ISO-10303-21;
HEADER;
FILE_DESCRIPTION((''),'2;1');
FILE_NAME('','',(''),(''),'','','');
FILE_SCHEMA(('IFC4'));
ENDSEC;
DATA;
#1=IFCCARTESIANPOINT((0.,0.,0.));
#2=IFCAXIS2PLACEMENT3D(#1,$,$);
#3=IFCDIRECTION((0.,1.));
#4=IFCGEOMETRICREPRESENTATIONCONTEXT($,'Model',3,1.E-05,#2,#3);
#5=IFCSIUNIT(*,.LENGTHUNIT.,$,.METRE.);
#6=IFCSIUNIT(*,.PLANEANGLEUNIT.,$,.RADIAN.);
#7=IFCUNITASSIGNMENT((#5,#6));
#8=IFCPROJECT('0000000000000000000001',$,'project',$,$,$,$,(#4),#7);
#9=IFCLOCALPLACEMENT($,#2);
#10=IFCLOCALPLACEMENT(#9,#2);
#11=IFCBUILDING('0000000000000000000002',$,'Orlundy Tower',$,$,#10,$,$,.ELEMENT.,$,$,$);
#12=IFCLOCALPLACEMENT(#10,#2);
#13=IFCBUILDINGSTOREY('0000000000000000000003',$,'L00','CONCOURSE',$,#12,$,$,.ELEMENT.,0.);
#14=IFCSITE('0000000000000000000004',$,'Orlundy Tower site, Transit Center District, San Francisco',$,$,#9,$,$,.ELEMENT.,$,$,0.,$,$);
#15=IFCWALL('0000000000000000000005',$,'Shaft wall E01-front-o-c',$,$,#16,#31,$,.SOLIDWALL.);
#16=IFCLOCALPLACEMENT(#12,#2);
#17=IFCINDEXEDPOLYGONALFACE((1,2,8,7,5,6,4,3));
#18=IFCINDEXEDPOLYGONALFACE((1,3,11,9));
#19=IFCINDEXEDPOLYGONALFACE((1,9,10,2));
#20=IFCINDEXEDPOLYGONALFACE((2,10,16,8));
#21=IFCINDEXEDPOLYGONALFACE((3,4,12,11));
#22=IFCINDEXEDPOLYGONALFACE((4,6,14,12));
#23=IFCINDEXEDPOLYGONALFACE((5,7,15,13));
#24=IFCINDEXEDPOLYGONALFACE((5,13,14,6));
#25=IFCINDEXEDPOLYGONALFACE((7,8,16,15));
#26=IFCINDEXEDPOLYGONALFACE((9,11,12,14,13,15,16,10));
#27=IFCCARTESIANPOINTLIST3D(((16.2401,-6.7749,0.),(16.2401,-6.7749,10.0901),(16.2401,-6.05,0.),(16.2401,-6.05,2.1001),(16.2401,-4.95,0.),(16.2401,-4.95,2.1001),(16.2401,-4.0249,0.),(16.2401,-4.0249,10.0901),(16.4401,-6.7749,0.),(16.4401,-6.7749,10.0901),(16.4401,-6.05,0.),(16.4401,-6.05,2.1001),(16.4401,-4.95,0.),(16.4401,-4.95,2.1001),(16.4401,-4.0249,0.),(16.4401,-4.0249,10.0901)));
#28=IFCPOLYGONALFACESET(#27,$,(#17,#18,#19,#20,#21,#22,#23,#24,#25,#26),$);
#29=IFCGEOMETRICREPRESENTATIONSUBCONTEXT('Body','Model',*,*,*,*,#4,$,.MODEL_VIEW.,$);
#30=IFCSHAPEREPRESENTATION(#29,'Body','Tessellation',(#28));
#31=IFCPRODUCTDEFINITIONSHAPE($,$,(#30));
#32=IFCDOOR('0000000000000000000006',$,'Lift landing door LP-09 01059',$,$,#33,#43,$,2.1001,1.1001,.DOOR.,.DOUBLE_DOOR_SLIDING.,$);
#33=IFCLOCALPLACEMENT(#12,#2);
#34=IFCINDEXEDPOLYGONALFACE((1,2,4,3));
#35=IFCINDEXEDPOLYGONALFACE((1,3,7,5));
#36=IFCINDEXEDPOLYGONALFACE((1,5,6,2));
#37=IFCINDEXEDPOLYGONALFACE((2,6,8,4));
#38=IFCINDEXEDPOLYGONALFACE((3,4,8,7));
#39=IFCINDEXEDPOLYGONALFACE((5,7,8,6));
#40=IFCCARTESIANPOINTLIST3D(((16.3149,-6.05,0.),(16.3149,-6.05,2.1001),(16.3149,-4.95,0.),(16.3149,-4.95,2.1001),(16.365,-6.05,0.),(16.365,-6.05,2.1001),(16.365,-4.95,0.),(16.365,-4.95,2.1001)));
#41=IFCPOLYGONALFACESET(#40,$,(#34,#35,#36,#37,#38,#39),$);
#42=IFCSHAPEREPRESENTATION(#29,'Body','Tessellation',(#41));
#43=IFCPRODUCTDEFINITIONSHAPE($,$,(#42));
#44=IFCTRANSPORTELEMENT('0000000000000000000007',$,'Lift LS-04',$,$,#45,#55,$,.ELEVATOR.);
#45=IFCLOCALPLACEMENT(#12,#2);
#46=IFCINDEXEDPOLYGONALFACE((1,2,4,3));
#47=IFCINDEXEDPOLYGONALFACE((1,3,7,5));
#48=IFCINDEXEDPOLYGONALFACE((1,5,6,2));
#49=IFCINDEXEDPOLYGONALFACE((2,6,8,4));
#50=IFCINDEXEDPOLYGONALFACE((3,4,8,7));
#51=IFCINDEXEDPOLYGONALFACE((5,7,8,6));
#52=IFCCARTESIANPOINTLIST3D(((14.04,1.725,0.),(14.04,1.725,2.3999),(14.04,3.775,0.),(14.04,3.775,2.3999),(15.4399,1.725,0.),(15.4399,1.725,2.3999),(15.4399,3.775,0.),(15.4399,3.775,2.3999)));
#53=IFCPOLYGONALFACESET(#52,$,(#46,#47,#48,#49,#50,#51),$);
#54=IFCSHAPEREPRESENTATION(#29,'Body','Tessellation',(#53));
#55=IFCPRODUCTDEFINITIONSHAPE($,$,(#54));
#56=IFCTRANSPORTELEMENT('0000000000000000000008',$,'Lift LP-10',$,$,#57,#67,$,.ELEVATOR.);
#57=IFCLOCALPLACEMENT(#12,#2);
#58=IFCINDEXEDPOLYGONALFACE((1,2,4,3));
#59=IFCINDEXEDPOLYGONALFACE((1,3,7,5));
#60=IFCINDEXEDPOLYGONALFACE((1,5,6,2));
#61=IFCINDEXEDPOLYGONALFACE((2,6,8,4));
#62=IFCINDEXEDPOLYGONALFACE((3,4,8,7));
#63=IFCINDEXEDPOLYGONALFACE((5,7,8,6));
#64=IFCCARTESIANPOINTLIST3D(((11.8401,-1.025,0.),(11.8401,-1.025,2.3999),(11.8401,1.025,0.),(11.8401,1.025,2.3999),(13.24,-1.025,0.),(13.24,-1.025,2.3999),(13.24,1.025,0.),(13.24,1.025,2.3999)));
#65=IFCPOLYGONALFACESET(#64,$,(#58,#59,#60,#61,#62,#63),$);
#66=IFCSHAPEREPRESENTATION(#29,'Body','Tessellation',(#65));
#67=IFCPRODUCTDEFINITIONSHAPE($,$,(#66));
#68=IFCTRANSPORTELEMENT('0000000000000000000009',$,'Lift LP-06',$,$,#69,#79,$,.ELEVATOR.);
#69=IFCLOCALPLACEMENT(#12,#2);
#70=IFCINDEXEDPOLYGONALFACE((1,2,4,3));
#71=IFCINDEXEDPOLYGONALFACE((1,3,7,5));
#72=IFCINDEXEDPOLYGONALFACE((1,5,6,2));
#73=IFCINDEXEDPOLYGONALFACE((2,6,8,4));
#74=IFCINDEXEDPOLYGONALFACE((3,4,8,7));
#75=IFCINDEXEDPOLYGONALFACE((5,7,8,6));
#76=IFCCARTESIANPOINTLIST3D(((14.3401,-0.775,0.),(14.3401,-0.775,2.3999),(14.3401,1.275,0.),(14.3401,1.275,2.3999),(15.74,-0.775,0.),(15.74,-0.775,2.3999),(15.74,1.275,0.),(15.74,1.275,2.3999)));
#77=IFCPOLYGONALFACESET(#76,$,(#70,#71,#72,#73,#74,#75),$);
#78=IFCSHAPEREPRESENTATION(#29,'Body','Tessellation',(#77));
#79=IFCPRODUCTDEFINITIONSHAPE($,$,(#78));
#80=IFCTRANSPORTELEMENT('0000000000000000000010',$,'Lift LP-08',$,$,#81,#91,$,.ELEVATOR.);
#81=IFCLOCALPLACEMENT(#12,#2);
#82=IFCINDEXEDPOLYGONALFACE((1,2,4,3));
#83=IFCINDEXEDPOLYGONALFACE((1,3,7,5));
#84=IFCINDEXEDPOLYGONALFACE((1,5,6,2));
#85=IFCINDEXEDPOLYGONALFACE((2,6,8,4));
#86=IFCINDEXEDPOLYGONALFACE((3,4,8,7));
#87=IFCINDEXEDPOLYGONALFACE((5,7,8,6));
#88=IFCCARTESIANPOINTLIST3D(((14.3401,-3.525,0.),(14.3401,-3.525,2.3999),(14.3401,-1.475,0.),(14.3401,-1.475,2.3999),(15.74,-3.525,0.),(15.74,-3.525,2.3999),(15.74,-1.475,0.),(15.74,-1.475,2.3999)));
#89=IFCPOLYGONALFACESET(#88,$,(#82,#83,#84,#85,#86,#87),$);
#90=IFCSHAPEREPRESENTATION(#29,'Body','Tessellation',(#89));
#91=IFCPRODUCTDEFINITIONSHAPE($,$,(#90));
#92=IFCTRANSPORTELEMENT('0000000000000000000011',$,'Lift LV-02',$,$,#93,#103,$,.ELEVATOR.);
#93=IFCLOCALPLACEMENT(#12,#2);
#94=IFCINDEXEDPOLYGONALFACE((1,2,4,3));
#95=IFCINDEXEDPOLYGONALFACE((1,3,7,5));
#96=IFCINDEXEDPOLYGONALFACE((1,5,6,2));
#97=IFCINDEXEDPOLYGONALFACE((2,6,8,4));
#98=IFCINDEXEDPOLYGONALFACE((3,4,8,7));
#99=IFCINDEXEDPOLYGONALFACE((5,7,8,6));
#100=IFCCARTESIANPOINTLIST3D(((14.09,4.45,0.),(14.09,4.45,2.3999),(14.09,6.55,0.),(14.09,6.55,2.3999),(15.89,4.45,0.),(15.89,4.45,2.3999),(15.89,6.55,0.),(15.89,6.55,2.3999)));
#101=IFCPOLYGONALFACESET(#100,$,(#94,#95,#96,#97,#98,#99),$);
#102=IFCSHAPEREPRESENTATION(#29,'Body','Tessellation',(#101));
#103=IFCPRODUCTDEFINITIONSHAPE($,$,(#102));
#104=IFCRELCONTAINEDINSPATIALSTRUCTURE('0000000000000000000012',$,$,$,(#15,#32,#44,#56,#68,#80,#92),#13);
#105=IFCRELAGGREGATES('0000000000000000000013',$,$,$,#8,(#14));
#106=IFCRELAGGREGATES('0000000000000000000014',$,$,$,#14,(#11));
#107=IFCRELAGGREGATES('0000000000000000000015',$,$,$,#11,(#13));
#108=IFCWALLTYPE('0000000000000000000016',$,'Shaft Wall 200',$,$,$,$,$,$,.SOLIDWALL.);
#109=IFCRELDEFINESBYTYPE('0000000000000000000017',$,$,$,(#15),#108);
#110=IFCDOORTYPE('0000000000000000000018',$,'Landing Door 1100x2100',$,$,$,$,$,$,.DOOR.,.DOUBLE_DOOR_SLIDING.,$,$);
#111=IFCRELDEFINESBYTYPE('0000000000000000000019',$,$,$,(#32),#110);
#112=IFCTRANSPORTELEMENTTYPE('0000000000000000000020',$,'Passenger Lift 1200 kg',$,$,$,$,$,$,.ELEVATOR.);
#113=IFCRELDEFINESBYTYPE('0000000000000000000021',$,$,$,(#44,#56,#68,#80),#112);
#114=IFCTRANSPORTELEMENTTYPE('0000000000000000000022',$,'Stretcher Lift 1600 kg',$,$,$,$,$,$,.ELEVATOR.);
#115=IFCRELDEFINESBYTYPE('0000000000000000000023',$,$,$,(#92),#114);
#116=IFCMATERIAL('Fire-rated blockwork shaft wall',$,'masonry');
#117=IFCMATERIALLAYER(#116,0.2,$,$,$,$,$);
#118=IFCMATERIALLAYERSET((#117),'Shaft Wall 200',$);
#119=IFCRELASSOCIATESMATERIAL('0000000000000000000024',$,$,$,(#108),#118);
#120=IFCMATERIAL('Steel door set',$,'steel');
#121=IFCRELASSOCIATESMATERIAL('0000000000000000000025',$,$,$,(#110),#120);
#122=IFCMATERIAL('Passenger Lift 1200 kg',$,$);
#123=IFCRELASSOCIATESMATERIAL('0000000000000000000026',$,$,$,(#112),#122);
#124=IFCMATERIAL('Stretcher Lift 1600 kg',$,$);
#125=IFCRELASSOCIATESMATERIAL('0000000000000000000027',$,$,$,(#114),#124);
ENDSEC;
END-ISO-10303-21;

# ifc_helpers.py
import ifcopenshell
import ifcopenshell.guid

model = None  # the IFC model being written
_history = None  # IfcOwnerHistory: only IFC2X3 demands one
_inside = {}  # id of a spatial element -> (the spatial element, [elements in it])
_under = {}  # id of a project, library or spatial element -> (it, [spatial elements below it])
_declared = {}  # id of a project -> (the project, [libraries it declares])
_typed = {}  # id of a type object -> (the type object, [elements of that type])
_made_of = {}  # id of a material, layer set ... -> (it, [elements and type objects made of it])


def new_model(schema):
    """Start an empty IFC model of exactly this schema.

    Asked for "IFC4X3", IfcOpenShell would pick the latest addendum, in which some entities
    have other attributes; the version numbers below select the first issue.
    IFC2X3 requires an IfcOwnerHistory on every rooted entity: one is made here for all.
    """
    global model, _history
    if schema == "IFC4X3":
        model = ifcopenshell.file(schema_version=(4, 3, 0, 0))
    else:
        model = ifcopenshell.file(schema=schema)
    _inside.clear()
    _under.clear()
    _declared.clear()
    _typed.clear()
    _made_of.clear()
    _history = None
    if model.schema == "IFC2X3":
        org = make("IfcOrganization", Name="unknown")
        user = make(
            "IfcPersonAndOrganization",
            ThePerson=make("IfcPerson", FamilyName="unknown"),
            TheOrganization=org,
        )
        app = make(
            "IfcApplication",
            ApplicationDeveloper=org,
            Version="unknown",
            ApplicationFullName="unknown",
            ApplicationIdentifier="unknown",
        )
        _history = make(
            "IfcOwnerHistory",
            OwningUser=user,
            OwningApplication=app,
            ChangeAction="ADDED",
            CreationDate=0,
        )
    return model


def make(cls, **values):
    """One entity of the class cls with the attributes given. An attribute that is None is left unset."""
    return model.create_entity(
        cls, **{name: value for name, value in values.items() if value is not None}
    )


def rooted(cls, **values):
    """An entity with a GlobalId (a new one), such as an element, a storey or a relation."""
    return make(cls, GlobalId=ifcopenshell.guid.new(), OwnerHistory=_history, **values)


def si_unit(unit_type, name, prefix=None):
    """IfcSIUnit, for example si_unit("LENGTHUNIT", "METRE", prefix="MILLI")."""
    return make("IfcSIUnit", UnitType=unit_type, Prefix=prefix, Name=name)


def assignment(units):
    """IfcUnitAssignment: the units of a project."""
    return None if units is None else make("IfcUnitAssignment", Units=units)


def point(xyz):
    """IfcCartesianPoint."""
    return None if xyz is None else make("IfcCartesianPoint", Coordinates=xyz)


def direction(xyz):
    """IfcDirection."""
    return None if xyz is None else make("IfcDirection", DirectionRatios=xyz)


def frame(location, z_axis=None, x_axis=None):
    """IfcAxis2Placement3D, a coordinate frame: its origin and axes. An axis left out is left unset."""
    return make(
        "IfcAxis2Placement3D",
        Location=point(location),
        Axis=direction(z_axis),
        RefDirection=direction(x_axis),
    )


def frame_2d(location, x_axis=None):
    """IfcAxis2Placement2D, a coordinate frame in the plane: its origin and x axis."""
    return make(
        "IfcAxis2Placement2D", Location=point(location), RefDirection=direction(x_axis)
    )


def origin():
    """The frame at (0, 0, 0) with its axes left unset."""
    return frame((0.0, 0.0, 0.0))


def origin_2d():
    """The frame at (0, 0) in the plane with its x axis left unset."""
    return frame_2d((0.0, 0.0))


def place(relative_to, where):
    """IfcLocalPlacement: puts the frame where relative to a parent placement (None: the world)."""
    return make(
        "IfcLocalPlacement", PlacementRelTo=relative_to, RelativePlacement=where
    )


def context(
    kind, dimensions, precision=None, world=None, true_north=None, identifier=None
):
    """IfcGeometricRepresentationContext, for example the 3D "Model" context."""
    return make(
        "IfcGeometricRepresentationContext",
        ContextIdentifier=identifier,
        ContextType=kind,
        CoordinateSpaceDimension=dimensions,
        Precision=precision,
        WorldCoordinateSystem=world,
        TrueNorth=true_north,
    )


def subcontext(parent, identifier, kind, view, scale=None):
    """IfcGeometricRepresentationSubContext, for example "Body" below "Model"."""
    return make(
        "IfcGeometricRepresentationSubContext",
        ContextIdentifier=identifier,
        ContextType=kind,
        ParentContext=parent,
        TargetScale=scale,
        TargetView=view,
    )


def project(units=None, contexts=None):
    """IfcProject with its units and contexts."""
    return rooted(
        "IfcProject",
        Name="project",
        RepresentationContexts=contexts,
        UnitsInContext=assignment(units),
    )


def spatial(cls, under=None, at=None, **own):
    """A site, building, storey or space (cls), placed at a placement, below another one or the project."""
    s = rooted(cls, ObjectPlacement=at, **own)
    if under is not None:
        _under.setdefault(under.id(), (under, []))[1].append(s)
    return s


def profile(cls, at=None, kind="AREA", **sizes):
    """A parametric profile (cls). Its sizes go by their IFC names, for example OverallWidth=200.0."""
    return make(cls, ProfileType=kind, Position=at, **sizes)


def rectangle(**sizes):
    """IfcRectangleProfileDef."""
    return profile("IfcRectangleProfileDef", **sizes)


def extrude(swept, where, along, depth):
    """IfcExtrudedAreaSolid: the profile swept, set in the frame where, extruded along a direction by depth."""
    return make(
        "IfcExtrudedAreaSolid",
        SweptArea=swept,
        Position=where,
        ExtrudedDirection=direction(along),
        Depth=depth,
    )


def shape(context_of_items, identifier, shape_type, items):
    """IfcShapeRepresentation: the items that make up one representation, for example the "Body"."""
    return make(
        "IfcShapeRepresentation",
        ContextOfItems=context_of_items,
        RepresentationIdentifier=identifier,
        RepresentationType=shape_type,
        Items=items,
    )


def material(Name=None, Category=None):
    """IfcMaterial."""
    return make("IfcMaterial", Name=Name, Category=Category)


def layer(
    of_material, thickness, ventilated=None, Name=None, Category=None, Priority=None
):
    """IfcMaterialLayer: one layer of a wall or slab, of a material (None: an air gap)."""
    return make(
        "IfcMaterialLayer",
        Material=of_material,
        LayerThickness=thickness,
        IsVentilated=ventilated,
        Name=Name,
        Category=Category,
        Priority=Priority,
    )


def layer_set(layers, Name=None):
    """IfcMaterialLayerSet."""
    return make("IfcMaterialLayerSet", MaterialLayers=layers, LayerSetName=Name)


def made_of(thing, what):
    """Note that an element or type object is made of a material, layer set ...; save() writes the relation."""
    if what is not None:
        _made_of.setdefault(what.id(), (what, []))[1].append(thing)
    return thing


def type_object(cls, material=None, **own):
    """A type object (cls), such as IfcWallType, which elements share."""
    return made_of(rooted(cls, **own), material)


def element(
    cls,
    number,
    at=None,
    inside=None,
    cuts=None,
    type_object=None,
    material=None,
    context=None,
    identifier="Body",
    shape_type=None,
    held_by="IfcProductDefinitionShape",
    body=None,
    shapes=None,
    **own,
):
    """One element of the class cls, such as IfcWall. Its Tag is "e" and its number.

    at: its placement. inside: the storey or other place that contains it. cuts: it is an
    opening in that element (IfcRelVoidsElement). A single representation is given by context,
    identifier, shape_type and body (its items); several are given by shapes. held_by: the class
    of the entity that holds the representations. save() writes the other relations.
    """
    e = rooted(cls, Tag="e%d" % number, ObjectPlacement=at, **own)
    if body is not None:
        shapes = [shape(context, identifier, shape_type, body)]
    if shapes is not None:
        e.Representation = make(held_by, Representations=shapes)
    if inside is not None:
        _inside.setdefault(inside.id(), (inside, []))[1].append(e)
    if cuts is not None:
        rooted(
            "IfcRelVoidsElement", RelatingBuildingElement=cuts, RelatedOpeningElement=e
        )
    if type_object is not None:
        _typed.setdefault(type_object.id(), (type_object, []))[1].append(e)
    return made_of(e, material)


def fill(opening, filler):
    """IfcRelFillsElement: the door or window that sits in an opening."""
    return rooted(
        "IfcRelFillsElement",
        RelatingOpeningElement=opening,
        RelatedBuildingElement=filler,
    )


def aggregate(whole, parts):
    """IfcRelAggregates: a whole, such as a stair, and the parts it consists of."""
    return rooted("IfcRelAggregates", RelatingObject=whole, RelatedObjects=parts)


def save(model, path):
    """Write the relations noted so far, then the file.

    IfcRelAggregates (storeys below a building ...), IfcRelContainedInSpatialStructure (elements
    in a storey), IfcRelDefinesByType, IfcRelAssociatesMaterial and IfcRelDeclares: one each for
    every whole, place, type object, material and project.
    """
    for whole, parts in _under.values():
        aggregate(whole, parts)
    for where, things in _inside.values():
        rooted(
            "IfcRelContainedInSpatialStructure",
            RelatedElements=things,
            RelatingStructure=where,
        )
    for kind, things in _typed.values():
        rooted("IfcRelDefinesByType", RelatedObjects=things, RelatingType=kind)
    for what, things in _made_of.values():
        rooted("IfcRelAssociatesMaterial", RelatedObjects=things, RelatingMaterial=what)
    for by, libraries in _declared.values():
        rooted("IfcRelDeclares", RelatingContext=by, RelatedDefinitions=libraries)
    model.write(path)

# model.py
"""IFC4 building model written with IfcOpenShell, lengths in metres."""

from ifc_helpers import new_model, si_unit, direction, frame, frame_2d, origin, origin_2d, place, context, subcontext, project, spatial, rectangle, extrude, material, layer, layer_set, type_object, element, fill, save


model = new_model("IFC4")

# Units and contexts
model_context = context("Model", 3, precision=1e-05, world=origin(), true_north=direction((0.0, 1.0)))
body_context = subcontext(model_context, "Body", "Model", "MODEL_VIEW")
ifc_project = project(units=[si_unit("LENGTHUNIT", "METRE"), si_unit("PLANEANGLEUNIT", "RADIAN")], contexts=[model_context])

# Site, building, storey
site_placement = place(None, origin())
site = spatial("IfcSite", under=ifc_project, at=site_placement, Name="Orlundy Tower site, Transit Center District, San Francisco", CompositionType="ELEMENT", RefElevation=0.0)
building_placement = place(site_placement, origin())
building = spatial("IfcBuilding", under=site, at=building_placement, Name="Orlundy Tower", CompositionType="ELEMENT")
storey_placement = place(building_placement, origin())
storey = spatial("IfcBuildingStorey", under=building, at=storey_placement, Name="L00", Description="CONCOURSE", CompositionType="ELEMENT", Elevation=0.0)

# Shared definitions
ifc_material_1 = material(Name="Fire-rated blockwork shaft wall", Category="masonry")
ifc_layer = layer(ifc_material_1, 0.2)
ifc_layer_set = layer_set([ifc_layer], Name="Shaft Wall 200")
wall_type = type_object("IfcWallType", Name="Shaft Wall 200", PredefinedType="SOLIDWALL", material=ifc_layer_set)

# Shared definitions
ifc_material_2 = material(Name="Steel door set", Category="steel")
door_type = type_object("IfcDoorType", Name="Landing Door 1100x2100", OperationType="DOUBLE_DOOR_SLIDING", PredefinedType="DOOR", material=ifc_material_2)

# Wall, opening, door
wall_1_placement = place(storey_placement, frame((16.3401, -4.0249, 0.0), z_axis=(0.0, 0.0, 1.0), x_axis=(0.0, -1.0, 0.0)))
wall_1 = element("IfcWall", 1, at=wall_1_placement, inside=storey, type_object=wall_type, Name="Shaft wall E01-front-o-c", PredefinedType="SOLIDWALL", context=body_context, shape_type="SweptSolid", body=[
    extrude(rectangle(XDim=2.75, YDim=0.2, at=frame_2d((1.375, 0.0))), origin(), (0.0, 0.0, 1.0), 10.0901),
])
opening_1_placement = place(wall_1_placement, frame((0.925, 0.0, 0.0)))
opening_1 = element("IfcOpeningElement", 2, at=opening_1_placement, cuts=wall_1, PredefinedType="OPENING", context=body_context, shape_type="SweptSolid", body=[
    extrude(rectangle(XDim=1.1001, YDim=2.1001, at=frame_2d((0.55, 1.05))), frame((0.0, 0.1101, 0.0), z_axis=(0.0, -1.0, 0.0), x_axis=(1.0, 0.0, 0.0)), (0.0, 0.0, 1.0), 0.2202),
])
door_1_placement = place(opening_1_placement, origin())
door_1 = element("IfcDoor", 3, at=door_1_placement, inside=storey, type_object=door_type, Name="Lift landing door LP-09 01059", OperationType="DOUBLE_DOOR_SLIDING", OverallHeight=2.1001, OverallWidth=1.1001, PredefinedType="DOOR", context=body_context, shape_type="SweptSolid", body=[
    extrude(rectangle(XDim=1.1001, YDim=2.1001, at=frame_2d((0.55, 1.05))), frame((0.0, 0.0249, 0.0), z_axis=(0.0, -1.0, 0.0), x_axis=(1.0, 0.0, 0.0)), (0.0, 0.0, 1.0), 0.05),
])
fill(opening_1, door_1)

# Transport elements
ifc_material_3 = material(Name="Passenger Lift 1200 kg")
transport_element_type_1 = type_object("IfcTransportElementType", Name="Passenger Lift 1200 kg", PredefinedType="ELEVATOR", material=ifc_material_3)
for number, where, z_axis, x_axis, name in (
    (4, (14.74, 2.75, 0.0), (0.0, 0.0, 1.0), (1.0, 0.0, 0.0), "Lift LS-04"),
    (5, (12.54, 0.0, 0.0), (0.0, 0.0, 1.0), (1.0, 0.0, 0.0), "Lift LP-10"),
    (6, (15.04, 0.25, 0.0), (0.0, 0.0, 1.0), (1.0, 0.0, 0.0), "Lift LP-06"),
    (7, (15.04, -2.5, 0.0), (0.0, 0.0, 1.0), (1.0, 0.0, 0.0), "Lift LP-08"),
):
    element("IfcTransportElement", number, at=place(storey_placement, frame(where, z_axis=z_axis, x_axis=x_axis)), inside=storey, type_object=transport_element_type_1, Name=name, PredefinedType="ELEVATOR", context=body_context, shape_type="SweptSolid", body=[
        extrude(rectangle(XDim=1.3999, YDim=2.05, at=origin_2d()), origin(), (0.0, 0.0, 1.0), 2.3999),
    ])
ifc_material_4 = material(Name="Stretcher Lift 1600 kg")
transport_element_type_2 = type_object("IfcTransportElementType", Name="Stretcher Lift 1600 kg", PredefinedType="ELEVATOR", material=ifc_material_4)
transport_element_placement = place(storey_placement, frame((14.99, 5.5, 0.0), z_axis=(0.0, 0.0, 1.0), x_axis=(1.0, 0.0, 0.0)))
element("IfcTransportElement", 8, at=transport_element_placement, inside=storey, type_object=transport_element_type_2, Name="Lift LV-02", PredefinedType="ELEVATOR", context=body_context, shape_type="SweptSolid", body=[
    extrude(rectangle(XDim=1.8, YDim=2.1001, at=origin_2d()), origin(), (0.0, 0.0, 1.0), 2.3999),
])

save(model, "model.ifc")
